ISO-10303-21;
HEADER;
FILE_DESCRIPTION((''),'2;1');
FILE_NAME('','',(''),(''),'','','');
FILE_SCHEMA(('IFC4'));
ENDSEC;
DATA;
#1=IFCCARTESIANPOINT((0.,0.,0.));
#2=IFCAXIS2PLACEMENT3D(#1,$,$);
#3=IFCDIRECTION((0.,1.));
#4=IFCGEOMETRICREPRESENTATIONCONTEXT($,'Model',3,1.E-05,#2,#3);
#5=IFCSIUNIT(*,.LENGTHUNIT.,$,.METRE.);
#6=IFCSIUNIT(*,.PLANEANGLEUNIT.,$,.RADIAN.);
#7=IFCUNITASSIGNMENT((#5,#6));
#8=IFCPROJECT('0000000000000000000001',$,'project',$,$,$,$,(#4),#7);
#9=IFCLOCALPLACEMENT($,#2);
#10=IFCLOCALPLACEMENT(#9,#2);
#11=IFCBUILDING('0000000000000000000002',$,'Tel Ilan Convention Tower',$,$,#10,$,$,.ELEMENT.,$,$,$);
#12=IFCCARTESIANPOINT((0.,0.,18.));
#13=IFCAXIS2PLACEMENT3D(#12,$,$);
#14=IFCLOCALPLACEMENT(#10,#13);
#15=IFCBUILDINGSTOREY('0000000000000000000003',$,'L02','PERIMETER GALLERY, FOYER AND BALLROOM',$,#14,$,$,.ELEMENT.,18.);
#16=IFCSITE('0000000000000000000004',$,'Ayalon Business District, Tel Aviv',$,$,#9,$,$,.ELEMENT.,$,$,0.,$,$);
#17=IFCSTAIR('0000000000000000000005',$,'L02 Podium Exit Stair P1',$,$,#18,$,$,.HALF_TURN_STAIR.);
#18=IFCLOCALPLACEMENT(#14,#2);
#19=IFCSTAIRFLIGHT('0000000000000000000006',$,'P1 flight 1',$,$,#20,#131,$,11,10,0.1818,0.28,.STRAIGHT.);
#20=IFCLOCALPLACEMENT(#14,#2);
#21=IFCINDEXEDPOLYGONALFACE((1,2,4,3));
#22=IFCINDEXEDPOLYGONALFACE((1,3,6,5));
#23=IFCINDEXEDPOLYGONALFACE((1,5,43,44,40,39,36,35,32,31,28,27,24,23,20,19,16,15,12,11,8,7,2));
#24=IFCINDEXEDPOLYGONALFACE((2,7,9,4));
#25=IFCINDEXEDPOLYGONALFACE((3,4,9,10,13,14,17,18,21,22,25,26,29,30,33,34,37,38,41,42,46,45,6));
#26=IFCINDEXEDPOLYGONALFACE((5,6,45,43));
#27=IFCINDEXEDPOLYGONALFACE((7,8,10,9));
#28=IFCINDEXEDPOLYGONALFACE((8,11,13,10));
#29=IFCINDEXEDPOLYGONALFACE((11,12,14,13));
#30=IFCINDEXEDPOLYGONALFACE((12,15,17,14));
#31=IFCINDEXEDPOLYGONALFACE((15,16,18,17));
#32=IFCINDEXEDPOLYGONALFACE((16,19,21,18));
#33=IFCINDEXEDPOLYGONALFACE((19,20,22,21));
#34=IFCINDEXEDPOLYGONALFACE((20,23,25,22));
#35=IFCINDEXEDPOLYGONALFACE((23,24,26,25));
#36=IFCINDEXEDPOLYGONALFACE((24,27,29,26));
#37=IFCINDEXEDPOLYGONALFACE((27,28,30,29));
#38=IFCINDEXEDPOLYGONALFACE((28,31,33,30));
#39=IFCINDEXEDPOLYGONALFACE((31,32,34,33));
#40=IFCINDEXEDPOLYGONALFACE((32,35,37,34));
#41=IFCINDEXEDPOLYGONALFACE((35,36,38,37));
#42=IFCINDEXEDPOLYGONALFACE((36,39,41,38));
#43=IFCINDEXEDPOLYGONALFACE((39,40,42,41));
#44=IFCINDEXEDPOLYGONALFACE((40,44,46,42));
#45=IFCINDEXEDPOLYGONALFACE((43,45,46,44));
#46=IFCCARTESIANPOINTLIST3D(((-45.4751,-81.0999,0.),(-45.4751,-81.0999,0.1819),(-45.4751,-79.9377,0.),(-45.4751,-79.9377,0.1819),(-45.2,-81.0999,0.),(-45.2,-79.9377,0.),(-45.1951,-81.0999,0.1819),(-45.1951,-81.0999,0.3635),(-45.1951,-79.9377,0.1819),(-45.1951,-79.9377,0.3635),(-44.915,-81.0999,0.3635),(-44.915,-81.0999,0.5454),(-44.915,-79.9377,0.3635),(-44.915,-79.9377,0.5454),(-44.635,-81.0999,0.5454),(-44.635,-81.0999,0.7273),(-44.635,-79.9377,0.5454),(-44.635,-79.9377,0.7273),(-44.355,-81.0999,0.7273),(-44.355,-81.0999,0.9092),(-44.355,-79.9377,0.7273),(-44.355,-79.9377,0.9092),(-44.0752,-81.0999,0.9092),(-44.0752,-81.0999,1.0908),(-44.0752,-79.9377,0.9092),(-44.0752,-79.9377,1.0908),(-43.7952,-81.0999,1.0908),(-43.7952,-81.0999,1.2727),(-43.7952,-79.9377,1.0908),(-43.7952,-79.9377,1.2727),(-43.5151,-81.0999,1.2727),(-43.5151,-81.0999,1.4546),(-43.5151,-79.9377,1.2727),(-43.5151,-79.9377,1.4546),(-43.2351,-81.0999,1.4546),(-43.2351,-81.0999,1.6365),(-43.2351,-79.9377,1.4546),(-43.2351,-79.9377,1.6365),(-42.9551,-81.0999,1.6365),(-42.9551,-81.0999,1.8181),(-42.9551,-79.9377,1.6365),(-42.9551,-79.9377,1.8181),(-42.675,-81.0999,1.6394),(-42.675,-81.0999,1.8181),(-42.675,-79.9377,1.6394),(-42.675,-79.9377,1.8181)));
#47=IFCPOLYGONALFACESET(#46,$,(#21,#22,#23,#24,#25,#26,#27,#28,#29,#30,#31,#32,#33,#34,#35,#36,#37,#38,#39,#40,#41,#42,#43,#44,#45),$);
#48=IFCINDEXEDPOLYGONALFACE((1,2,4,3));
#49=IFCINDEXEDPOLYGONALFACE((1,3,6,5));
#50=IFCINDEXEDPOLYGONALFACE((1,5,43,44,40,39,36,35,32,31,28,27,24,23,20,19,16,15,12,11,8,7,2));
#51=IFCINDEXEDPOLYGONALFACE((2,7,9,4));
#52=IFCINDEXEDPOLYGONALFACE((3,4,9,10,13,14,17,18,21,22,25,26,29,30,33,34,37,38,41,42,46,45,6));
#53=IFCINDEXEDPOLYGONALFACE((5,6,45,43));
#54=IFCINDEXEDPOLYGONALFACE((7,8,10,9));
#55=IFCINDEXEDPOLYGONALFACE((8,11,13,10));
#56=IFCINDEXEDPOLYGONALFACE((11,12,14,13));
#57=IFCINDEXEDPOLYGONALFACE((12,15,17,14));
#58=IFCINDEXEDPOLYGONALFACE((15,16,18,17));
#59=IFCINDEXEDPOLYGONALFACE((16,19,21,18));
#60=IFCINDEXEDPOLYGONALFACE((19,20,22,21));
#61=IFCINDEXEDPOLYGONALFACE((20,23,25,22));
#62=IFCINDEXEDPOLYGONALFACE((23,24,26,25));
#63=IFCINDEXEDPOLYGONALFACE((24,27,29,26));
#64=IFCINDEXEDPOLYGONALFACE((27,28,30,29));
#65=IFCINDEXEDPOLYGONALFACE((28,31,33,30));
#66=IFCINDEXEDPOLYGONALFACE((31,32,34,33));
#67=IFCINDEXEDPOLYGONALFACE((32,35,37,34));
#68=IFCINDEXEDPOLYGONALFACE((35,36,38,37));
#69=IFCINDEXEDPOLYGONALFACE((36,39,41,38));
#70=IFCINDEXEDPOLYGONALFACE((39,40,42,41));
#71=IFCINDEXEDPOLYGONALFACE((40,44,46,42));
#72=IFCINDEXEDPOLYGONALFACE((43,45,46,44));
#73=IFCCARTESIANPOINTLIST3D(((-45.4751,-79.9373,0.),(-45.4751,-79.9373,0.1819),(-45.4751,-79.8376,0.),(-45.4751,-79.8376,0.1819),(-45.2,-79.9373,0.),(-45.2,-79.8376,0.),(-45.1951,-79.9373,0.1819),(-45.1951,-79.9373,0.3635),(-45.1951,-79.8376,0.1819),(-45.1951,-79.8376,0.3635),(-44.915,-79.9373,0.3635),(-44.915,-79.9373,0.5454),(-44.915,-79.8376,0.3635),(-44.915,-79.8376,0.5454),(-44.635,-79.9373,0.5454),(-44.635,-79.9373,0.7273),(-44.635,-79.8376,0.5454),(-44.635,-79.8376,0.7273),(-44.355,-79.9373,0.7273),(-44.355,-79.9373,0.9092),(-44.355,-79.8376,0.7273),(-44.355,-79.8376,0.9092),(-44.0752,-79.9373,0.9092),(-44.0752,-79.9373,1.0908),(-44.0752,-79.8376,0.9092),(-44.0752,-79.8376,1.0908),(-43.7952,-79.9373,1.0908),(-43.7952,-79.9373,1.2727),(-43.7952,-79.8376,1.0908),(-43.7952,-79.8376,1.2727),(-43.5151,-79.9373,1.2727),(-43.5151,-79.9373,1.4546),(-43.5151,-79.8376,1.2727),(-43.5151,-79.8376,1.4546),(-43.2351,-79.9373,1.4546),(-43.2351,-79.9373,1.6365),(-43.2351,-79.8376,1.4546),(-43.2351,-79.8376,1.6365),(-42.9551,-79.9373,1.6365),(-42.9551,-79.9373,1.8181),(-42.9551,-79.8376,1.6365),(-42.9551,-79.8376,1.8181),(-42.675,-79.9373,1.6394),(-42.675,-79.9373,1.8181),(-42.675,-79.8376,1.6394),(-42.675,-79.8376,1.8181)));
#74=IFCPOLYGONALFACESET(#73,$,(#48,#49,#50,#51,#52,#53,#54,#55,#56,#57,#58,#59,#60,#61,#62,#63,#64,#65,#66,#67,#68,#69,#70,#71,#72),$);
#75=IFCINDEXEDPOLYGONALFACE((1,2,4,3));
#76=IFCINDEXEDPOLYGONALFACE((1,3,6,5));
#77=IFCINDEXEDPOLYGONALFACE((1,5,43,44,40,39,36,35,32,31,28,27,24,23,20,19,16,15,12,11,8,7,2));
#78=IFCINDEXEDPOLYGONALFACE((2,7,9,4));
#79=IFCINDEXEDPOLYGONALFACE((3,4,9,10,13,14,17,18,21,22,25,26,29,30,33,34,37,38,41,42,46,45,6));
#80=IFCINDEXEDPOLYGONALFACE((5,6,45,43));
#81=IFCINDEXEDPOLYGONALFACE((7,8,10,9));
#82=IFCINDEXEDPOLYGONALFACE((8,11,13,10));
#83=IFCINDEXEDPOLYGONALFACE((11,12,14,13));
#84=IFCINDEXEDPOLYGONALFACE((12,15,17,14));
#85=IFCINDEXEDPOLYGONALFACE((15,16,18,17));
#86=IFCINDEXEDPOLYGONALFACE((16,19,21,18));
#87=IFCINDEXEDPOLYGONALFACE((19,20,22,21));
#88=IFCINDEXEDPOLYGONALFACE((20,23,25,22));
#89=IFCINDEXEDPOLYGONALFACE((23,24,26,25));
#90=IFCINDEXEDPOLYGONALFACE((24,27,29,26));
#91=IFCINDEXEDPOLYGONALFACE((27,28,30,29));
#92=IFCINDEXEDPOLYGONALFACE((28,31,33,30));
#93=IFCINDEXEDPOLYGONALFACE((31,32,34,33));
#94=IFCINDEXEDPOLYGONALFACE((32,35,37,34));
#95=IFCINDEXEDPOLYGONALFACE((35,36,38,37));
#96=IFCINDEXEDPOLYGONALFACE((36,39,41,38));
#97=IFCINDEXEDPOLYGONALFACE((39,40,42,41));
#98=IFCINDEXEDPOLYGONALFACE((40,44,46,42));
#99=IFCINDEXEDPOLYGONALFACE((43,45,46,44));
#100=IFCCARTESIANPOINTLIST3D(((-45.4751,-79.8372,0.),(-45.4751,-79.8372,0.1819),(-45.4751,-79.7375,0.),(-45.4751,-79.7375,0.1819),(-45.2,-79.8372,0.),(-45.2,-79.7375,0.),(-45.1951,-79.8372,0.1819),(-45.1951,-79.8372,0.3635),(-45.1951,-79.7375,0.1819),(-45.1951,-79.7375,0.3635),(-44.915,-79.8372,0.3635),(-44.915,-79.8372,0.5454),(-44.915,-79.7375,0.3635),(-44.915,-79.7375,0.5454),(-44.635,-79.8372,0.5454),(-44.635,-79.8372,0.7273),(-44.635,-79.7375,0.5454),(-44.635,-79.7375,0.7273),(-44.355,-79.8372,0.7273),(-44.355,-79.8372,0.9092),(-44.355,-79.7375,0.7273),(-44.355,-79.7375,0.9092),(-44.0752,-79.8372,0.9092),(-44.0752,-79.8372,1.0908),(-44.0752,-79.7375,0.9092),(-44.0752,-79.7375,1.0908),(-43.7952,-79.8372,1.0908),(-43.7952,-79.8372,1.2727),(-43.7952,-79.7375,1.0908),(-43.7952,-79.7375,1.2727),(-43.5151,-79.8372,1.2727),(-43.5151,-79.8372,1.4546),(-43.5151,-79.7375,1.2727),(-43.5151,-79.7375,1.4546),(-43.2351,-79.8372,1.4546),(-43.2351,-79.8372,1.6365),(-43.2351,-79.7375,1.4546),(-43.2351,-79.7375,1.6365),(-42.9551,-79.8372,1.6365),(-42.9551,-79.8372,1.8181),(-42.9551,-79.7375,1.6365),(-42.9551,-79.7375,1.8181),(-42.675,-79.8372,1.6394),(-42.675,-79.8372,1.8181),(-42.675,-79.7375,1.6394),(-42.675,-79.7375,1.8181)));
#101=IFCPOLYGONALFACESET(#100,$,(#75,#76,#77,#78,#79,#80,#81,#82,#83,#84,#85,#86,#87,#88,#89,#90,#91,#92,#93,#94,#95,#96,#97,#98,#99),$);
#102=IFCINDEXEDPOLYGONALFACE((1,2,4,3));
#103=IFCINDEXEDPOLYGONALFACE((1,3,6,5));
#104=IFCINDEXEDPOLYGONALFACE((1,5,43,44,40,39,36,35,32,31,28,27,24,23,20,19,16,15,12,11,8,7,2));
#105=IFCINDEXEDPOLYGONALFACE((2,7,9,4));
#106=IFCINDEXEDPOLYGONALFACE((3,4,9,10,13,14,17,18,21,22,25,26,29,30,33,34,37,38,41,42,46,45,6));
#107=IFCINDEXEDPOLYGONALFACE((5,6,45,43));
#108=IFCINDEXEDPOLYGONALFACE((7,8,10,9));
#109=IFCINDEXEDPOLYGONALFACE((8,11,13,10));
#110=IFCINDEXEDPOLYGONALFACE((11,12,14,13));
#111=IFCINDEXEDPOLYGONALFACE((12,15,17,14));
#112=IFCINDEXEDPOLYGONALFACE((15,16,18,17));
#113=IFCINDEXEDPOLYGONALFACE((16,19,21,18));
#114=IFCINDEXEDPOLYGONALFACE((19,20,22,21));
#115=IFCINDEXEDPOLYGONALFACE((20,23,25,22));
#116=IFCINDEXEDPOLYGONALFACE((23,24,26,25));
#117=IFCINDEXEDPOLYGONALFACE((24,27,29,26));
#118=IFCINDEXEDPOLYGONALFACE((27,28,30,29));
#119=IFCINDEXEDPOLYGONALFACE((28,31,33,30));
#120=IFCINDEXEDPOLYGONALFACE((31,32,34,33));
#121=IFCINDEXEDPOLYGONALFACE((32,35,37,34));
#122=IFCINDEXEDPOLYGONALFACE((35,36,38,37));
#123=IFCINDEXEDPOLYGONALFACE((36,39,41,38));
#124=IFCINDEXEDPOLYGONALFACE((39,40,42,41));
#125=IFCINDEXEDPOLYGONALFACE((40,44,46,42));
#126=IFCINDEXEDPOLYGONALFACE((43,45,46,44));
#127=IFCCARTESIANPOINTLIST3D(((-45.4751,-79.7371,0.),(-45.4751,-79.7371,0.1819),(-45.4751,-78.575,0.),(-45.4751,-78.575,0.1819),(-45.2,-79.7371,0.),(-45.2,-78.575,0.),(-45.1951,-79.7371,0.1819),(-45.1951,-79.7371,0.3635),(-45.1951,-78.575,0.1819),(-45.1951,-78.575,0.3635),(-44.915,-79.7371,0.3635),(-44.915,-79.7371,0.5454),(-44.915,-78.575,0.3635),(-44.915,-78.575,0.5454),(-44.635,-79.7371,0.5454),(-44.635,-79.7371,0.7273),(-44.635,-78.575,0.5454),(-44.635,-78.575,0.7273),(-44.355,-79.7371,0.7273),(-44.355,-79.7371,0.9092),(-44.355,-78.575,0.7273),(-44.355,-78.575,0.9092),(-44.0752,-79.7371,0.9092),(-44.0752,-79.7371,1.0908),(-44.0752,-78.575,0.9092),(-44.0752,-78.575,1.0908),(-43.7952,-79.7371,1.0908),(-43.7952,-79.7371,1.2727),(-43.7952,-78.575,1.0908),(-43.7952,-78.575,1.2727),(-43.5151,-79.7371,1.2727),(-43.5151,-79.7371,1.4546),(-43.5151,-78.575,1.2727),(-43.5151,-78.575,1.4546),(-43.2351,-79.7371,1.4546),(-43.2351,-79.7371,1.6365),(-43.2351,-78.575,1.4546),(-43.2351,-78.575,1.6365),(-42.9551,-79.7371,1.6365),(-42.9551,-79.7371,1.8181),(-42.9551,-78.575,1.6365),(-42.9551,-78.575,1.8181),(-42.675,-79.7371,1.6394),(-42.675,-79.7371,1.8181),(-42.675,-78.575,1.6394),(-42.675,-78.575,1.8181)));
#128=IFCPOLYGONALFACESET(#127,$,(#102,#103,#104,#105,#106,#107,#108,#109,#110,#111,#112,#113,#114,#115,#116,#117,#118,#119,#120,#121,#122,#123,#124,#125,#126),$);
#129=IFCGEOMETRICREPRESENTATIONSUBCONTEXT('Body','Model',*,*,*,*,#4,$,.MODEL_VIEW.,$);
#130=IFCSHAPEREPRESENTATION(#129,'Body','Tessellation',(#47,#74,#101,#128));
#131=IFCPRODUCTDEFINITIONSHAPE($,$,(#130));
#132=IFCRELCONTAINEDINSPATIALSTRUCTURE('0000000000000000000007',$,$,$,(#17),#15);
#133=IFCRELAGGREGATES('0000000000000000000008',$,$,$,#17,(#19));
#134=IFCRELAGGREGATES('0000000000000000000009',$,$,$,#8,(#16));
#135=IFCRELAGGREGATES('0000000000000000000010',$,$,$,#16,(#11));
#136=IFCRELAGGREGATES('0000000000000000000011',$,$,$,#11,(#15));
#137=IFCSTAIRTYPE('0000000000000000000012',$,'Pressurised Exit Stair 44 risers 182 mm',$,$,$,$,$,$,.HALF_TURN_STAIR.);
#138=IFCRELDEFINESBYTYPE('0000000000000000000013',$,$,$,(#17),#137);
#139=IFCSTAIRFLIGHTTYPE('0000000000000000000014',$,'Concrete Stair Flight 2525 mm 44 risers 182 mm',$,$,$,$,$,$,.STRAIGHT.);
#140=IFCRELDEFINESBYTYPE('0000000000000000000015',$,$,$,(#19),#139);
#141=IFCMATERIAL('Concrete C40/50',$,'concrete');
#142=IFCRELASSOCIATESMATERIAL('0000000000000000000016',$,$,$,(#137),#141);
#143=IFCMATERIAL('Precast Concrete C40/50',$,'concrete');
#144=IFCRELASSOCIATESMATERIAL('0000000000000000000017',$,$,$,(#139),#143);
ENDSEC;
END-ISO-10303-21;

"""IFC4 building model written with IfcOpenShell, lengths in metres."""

from ifc_helpers import new_model, si_unit, direction, frame, origin, place, context, subcontext, project, spatial, polyline, outline, extrude, material, type_object, element, aggregate, save


model = new_model("IFC4")

# Units and contexts
model_context = context("Model", 3, precision=1e-05, world=origin(), true_north=direction((0.0, 1.0)))
body_context = subcontext(model_context, "Body", "Model", "MODEL_VIEW")
ifc_project = project(units=[si_unit("LENGTHUNIT", "METRE"), si_unit("PLANEANGLEUNIT", "RADIAN")], contexts=[model_context])

# Site, building, storey
site_placement = place(None, origin())
site = spatial("IfcSite", under=ifc_project, at=site_placement, Name="Ayalon Business District, Tel Aviv", CompositionType="ELEMENT", RefElevation=0.0)
building_placement = place(site_placement, origin())
building = spatial("IfcBuilding", under=site, at=building_placement, Name="Tel Ilan Convention Tower", CompositionType="ELEMENT")
storey_placement = place(building_placement, frame((0.0, 0.0, 18.0)))
storey = spatial("IfcBuildingStorey", under=building, at=storey_placement, Name="L02", Description="PERIMETER GALLERY, FOYER AND BALLROOM", CompositionType="ELEMENT", Elevation=18.0)

# Stair, stair flight
ifc_material_1 = material(Name="Concrete C40/50", Category="concrete")
stair_type = type_object("IfcStairType", Name="Pressurised Exit Stair 44 risers 182 mm", PredefinedType="HALF_TURN_STAIR", material=ifc_material_1)
stair_placement = place(storey_placement, origin())
stair = element("IfcStair", 1, at=stair_placement, inside=storey, type_object=stair_type, Name="L02 Podium Exit Stair P1", PredefinedType="HALF_TURN_STAIR")
ifc_material_2 = material(Name="Precast Concrete C40/50", Category="concrete")
stair_flight_type = type_object("IfcStairFlightType", Name="Concrete Stair Flight 2525 mm 44 risers 182 mm", PredefinedType="STRAIGHT", material=ifc_material_2)
stair_flight_1_placement = place(storey_placement, frame((-45.4751, -79.8374, 0.0), z_axis=(0.0, 0.0, 1.0), x_axis=(1.0, 0.0, 0.0)))
stair_flight_1 = element("IfcStairFlight", 2, at=stair_flight_1_placement, type_object=stair_flight_type, Name="P1 flight 1", NumberOfRisers=11, NumberOfTreads=10, PredefinedType="STRAIGHT", RiserHeight=0.1818, TreadLength=0.28, context=body_context, shape_type="SweptSolid", body=[
    extrude(outline(polyline([(0.0, 0.0), (0.0, 0.1819), (0.28, 0.1819), (0.28, 0.3635), (0.5601, 0.3635), (0.5601, 0.5454), (0.8401, 0.5454), (0.8401, 0.7273), (1.1201, 0.7273), (1.1201, 0.9092), (1.3999, 0.9092), (1.3999, 1.0908), (1.6799, 1.0908), (1.6799, 1.2727), (1.96, 1.2727), (1.96, 1.4546), (2.24, 1.4546), (2.24, 1.6365), (2.52, 1.6365), (2.52, 1.8181), (2.8, 1.8181), (2.8, 2.0), (2.8, 1.6394), (0.2751, 0.0), (0.0, 0.0)])), frame((0.0, -0.1003, 0.0), z_axis=(0.0, -1.0, 0.0), x_axis=(1.0, 0.0, 0.0)), (0.0, 0.0, 1.0), 1.1621),
    extrude(outline(polyline([(0.0, 0.0), (0.0, 0.1819), (0.28, 0.1819), (0.28, 0.3635), (0.5601, 0.3635), (0.5601, 0.5454), (0.8401, 0.5454), (0.8401, 0.7273), (1.1201, 0.7273), (1.1201, 0.9092), (1.3999, 0.9092), (1.3999, 1.0908), (1.6799, 1.0908), (1.6799, 1.2727), (1.96, 1.2727), (1.96, 1.4546), (2.24, 1.4546), (2.24, 1.6365), (2.52, 1.6365), (2.52, 1.8181), (2.8, 1.8181), (2.8, 2.0), (2.8, 1.6394), (0.2751, 0.0), (0.0, 0.0)])), frame((0.0, -0.0002, 0.0), z_axis=(0.0, -1.0, 0.0), x_axis=(1.0, 0.0, 0.0)), (0.0, 0.0, 1.0), 0.0996),
    extrude(outline(polyline([(0.0, 0.0), (0.0, 0.1819), (0.28, 0.1819), (0.28, 0.3635), (0.5601, 0.3635), (0.5601, 0.5454), (0.8401, 0.5454), (0.8401, 0.7273), (1.1201, 0.7273), (1.1201, 0.9092), (1.3999, 0.9092), (1.3999, 1.0908), (1.6799, 1.0908), (1.6799, 1.2727), (1.96, 1.2727), (1.96, 1.4546), (2.24, 1.4546), (2.24, 1.6365), (2.52, 1.6365), (2.52, 1.8181), (2.8, 1.8181), (2.8, 2.0), (2.8, 1.6394), (0.2751, 0.0), (0.0, 0.0)])), frame((0.0, 0.0999, 0.0), z_axis=(0.0, -1.0, 0.0), x_axis=(1.0, 0.0, 0.0)), (0.0, 0.0, 1.0), 0.0996),
    extrude(outline(polyline([(0.0, 0.0), (0.0, 0.1819), (0.28, 0.1819), (0.28, 0.3635), (0.5601, 0.3635), (0.5601, 0.5454), (0.8401, 0.5454), (0.8401, 0.7273), (1.1201, 0.7273), (1.1201, 0.9092), (1.3999, 0.9092), (1.3999, 1.0908), (1.6799, 1.0908), (1.6799, 1.2727), (1.96, 1.2727), (1.96, 1.4546), (2.24, 1.4546), (2.24, 1.6365), (2.52, 1.6365), (2.52, 1.8181), (2.8, 1.8181), (2.8, 2.0), (2.8, 1.6394), (0.2751, 0.0), (0.0, 0.0)])), frame((0.0, 1.2625, 0.0), z_axis=(0.0, -1.0, 0.0), x_axis=(1.0, 0.0, 0.0)), (0.0, 0.0, 1.0), 1.1621),
])
aggregate(stair, [stair_flight_1])

save(model, "model.ifc")
